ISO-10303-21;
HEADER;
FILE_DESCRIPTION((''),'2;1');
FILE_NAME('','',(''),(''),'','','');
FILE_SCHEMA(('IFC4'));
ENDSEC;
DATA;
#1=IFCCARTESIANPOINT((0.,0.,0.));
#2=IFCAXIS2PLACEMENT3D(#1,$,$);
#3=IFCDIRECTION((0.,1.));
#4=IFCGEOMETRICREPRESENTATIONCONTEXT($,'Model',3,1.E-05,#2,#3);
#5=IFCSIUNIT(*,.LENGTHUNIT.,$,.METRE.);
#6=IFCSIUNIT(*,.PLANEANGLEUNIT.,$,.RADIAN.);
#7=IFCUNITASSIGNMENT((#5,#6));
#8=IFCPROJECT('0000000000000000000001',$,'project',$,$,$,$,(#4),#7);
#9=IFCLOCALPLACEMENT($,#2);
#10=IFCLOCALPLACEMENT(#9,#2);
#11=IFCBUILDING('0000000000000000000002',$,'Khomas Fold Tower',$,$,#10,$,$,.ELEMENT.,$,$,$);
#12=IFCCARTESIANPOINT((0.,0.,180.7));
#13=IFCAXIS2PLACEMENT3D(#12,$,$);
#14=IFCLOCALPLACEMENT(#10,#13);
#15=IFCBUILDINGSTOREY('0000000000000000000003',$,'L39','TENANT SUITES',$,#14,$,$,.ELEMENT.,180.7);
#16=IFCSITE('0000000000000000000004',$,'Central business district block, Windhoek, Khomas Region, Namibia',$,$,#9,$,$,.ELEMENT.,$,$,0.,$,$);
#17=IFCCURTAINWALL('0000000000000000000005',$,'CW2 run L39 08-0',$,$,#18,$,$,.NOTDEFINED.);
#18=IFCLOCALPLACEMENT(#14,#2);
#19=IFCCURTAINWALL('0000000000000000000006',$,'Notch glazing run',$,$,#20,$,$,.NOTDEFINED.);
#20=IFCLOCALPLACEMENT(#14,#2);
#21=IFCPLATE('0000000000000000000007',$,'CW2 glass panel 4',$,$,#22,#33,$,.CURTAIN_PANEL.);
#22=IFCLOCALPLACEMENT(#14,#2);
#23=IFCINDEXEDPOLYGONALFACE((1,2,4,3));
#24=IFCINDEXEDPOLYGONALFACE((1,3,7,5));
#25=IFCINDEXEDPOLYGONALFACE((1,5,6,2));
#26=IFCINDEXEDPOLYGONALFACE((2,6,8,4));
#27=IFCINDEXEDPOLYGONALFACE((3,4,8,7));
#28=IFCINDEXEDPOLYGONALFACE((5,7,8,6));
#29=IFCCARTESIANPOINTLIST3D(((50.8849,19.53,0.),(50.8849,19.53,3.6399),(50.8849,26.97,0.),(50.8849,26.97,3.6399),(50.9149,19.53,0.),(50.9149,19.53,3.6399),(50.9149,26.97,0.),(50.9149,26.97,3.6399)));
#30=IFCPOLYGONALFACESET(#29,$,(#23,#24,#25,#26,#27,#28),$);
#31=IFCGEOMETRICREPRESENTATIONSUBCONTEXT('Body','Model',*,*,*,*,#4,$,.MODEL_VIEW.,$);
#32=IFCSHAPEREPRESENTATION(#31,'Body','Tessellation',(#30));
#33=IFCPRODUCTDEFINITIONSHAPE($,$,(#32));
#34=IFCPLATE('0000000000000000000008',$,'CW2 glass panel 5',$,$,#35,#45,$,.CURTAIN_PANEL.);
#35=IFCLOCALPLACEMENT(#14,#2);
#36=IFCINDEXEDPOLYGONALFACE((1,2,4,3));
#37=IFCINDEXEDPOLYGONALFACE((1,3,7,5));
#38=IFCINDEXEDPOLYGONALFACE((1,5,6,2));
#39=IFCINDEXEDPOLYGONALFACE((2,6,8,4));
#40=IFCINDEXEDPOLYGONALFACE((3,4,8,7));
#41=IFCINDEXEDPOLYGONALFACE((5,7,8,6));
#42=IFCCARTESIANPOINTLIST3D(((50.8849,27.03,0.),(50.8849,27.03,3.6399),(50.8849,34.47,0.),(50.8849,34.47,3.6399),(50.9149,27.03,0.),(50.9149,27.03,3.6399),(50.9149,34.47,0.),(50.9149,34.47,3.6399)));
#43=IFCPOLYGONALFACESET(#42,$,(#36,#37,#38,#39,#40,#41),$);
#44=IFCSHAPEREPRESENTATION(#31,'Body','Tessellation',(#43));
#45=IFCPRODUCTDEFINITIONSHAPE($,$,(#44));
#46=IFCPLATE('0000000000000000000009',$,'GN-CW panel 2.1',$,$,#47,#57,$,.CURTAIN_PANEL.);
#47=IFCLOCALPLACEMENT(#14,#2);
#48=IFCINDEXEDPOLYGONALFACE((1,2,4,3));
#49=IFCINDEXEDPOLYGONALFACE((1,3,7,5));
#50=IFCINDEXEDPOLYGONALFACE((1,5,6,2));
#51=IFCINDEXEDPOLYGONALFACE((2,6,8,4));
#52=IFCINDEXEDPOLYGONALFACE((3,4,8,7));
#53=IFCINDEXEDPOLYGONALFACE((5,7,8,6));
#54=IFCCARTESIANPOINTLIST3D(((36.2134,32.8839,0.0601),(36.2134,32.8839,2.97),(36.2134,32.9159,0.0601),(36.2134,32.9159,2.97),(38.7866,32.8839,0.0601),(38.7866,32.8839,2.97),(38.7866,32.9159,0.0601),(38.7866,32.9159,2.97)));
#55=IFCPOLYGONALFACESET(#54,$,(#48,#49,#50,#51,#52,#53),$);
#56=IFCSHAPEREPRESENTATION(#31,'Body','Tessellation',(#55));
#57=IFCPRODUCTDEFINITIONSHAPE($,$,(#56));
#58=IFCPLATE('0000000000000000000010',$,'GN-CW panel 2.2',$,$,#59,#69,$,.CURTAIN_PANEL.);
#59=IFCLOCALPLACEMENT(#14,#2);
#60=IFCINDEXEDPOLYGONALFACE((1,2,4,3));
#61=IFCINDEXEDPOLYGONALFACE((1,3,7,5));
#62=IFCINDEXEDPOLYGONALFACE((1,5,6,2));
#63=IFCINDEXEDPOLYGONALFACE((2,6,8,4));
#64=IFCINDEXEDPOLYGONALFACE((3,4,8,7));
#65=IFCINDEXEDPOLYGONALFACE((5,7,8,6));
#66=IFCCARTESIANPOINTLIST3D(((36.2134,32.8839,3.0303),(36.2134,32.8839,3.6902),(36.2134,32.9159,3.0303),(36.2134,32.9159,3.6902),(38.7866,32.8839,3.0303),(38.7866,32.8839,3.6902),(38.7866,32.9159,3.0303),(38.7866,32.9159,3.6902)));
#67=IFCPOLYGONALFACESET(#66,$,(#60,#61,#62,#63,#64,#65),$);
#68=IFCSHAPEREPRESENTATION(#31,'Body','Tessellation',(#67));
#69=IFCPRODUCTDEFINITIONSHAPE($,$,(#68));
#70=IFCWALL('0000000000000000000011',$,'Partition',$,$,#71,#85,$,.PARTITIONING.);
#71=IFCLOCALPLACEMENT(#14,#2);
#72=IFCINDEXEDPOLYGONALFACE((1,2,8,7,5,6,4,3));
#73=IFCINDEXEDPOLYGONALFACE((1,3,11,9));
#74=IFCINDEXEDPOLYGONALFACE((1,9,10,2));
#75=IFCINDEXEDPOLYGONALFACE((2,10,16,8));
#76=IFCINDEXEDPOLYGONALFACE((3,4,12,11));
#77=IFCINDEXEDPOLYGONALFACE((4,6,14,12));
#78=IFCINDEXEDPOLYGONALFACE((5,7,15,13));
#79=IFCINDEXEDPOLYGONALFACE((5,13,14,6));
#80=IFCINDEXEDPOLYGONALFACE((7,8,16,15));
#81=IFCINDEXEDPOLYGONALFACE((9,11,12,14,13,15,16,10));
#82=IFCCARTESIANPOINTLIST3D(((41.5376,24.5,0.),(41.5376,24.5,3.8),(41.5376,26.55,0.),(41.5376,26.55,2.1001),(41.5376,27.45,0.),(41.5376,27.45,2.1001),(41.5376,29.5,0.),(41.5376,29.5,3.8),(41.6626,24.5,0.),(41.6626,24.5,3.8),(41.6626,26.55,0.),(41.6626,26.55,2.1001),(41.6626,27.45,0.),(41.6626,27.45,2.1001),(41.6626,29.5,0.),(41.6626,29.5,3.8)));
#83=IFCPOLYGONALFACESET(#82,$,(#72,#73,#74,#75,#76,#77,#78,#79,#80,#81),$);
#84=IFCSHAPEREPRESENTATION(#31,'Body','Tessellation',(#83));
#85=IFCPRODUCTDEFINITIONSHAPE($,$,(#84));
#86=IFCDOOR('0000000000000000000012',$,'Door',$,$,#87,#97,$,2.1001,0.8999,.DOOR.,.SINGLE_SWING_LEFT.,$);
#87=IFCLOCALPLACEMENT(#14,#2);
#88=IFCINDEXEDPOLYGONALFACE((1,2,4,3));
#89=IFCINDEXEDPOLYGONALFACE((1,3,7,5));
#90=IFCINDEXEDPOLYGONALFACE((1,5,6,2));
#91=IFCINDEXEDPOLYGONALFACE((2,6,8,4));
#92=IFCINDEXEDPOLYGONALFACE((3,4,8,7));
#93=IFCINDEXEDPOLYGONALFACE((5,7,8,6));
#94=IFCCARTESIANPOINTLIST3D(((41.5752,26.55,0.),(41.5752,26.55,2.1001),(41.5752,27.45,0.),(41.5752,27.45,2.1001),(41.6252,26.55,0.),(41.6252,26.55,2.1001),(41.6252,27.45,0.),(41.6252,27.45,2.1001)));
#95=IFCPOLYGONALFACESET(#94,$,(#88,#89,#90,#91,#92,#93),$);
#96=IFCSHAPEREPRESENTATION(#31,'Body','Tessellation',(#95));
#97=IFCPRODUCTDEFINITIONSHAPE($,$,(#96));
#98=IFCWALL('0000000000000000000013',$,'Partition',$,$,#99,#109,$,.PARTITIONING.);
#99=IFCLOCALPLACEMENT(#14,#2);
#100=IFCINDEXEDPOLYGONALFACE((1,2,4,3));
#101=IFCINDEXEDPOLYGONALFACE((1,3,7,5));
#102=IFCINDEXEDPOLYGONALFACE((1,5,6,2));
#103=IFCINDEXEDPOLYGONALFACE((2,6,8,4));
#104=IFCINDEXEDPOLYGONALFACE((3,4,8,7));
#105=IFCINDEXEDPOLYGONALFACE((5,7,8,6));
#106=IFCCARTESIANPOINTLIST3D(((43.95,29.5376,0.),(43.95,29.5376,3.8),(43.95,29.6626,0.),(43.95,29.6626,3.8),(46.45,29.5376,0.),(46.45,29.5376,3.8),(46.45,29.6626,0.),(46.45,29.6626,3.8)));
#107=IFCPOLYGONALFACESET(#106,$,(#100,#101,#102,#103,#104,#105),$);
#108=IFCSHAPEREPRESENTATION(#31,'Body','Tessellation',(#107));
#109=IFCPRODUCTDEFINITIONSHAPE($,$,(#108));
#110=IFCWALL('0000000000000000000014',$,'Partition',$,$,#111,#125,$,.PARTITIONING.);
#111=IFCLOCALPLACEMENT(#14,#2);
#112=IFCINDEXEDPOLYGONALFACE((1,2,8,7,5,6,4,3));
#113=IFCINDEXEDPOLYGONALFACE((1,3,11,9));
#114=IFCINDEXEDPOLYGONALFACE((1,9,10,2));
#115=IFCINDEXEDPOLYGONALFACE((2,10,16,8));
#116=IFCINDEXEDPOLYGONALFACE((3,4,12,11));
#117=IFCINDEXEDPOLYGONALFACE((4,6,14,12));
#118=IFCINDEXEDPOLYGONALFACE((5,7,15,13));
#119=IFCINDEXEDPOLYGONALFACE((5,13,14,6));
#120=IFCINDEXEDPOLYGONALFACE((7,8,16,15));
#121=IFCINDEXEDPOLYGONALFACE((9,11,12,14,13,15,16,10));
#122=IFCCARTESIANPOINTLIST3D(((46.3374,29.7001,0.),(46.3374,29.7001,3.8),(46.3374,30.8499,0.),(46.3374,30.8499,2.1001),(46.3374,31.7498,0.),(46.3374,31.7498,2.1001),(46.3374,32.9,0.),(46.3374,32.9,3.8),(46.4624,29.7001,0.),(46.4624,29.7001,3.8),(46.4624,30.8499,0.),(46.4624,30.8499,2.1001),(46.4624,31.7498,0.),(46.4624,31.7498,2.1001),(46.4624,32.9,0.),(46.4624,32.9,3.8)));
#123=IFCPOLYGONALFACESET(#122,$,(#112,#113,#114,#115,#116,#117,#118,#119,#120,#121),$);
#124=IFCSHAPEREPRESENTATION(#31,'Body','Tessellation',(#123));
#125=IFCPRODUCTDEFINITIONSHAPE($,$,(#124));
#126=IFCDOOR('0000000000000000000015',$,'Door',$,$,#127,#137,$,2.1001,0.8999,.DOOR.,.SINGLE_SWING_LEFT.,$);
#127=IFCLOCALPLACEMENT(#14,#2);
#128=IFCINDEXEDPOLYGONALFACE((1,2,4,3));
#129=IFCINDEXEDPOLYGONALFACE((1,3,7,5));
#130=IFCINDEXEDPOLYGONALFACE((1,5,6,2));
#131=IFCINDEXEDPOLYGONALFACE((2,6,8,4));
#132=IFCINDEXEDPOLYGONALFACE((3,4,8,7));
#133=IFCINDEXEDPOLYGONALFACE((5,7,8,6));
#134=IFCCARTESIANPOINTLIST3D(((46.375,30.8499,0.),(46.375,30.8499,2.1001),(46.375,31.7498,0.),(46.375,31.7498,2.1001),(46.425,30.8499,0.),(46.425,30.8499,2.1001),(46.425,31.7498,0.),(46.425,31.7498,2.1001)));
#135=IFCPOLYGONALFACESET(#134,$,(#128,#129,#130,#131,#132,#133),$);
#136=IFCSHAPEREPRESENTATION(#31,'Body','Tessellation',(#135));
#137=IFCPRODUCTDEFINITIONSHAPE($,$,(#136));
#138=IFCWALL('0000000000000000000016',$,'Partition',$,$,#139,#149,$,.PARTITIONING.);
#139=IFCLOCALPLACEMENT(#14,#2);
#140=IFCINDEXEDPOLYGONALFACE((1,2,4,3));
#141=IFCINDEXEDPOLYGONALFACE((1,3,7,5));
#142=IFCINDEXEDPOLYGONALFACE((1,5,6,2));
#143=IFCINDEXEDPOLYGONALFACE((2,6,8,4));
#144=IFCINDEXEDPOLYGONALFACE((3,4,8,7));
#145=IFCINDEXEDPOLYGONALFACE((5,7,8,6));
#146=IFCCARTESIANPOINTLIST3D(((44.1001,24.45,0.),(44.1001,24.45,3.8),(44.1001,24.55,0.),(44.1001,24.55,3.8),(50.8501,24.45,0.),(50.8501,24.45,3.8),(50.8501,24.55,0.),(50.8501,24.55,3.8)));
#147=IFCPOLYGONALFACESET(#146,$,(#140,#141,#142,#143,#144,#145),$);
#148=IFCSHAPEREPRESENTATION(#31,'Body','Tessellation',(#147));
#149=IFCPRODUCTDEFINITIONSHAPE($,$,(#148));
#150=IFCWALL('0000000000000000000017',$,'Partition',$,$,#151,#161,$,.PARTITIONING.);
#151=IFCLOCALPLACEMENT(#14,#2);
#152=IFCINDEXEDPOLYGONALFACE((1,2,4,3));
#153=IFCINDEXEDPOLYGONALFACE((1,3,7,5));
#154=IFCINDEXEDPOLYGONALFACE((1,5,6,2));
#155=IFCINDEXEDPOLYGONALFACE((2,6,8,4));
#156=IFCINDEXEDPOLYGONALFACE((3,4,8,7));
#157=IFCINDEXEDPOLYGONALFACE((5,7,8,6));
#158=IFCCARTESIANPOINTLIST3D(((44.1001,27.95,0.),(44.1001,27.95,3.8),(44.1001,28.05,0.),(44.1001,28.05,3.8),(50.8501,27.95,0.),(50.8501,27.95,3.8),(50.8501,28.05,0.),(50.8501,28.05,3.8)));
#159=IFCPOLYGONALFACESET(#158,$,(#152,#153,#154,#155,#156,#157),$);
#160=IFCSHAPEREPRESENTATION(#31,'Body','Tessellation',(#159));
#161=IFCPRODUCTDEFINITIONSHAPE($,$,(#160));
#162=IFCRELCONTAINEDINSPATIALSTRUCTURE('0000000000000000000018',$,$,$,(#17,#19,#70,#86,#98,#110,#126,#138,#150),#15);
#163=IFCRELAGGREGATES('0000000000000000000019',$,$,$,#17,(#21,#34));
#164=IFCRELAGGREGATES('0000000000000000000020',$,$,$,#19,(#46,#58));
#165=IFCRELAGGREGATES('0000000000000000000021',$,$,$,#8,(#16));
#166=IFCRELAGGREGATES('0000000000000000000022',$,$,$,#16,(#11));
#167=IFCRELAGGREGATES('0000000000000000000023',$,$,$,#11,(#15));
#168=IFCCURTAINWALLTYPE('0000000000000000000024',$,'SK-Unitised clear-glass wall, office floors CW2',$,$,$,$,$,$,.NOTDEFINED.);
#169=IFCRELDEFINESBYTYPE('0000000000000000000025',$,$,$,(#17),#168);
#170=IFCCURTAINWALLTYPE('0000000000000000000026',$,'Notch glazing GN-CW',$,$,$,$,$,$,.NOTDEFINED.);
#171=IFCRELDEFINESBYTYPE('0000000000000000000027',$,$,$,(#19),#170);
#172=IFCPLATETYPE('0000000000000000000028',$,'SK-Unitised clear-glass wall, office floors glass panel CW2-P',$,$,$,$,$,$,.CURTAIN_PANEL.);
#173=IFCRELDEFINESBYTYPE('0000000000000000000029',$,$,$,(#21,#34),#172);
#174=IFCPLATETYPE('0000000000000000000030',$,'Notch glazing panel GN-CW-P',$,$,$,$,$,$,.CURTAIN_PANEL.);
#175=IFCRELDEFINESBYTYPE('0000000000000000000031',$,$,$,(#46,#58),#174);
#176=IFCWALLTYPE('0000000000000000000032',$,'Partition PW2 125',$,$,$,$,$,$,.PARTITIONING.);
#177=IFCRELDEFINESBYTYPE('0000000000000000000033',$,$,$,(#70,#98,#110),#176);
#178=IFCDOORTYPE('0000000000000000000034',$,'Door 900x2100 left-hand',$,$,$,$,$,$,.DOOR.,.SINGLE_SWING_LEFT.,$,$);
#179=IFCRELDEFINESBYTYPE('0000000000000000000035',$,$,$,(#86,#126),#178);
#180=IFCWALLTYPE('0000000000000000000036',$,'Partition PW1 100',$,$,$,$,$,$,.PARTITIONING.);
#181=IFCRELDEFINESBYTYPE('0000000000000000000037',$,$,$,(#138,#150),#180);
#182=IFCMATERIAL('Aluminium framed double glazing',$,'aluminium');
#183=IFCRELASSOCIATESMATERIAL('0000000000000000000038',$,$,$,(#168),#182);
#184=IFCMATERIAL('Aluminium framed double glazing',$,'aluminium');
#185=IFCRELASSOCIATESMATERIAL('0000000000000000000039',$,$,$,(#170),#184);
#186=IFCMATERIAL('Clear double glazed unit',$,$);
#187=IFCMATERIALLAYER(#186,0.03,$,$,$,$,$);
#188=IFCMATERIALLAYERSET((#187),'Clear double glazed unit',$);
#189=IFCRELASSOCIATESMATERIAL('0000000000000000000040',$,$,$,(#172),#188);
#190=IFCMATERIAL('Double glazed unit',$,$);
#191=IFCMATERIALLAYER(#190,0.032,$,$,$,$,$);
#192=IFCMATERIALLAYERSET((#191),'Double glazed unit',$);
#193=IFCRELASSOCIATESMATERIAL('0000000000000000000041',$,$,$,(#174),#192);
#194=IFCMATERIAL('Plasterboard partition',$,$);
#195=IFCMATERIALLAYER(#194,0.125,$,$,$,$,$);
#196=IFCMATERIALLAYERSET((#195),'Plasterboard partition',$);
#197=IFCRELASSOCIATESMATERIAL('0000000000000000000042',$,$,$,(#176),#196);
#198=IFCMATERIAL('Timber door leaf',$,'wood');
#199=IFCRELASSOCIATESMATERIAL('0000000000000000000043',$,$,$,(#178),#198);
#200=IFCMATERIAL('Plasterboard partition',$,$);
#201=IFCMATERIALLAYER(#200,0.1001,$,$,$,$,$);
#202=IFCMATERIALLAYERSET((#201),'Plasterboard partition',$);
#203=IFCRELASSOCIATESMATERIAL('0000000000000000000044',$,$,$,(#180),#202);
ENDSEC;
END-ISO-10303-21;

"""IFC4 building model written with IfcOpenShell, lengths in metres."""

from ifc_helpers import new_model, si_unit, direction, frame, frame_2d, origin, origin_2d, place, context, subcontext, project, spatial, rectangle, extrude, source, transform, mapped, material, layer, layer_set, type_object, element, fill, aggregate, save


model = new_model("IFC4")

# Units and contexts
model_context = context("Model", 3, precision=1e-05, world=origin(), true_north=direction((0.0, 1.0)))
body_context = subcontext(model_context, "Body", "Model", "MODEL_VIEW")
ifc_project = project(units=[si_unit("LENGTHUNIT", "METRE"), si_unit("PLANEANGLEUNIT", "RADIAN")], contexts=[model_context])

# Site, building, storey
site_placement = place(None, origin())
site = spatial("IfcSite", under=ifc_project, at=site_placement, Name="Central business district block, Windhoek, Khomas Region, Namibia", CompositionType="ELEMENT", RefElevation=0.0)
building_placement = place(site_placement, origin())
building = spatial("IfcBuilding", under=site, at=building_placement, Name="Khomas Fold Tower", CompositionType="ELEMENT")
storey_placement = place(building_placement, frame((0.0, 0.0, 180.7)))
storey = spatial("IfcBuildingStorey", under=building, at=storey_placement, Name="L39", Description="TENANT SUITES", CompositionType="ELEMENT", Elevation=180.7)

# Curtain walls
ifc_material_1 = material(Name="Aluminium framed double glazing", Category="aluminium")
curtain_wall_type_1 = type_object("IfcCurtainWallType", Name="SK-Unitised clear-glass wall, office floors CW2", PredefinedType="NOTDEFINED", material=ifc_material_1)
curtain_wall_1_placement = place(storey_placement, origin())
curtain_wall_1 = element("IfcCurtainWall", 1, at=curtain_wall_1_placement, inside=storey, type_object=curtain_wall_type_1, Name="CW2 run L39 08-0", PredefinedType="NOTDEFINED")
ifc_material_2 = material(Name="Aluminium framed double glazing", Category="aluminium")
curtain_wall_type_2 = type_object("IfcCurtainWallType", Name="Notch glazing GN-CW", PredefinedType="NOTDEFINED", material=ifc_material_2)
curtain_wall_2_placement = place(storey_placement, origin())
curtain_wall_2 = element("IfcCurtainWall", 2, at=curtain_wall_2_placement, inside=storey, type_object=curtain_wall_type_2, Name="Notch glazing run", PredefinedType="NOTDEFINED")

# Plates
ifc_material_3 = material(Name="Clear double glazed unit")
ifc_layer_1 = layer(ifc_material_3, 0.03)
ifc_layer_set_1 = layer_set([ifc_layer_1], Name="Clear double glazed unit")
plate_type_1 = type_object("IfcPlateType", Name="SK-Unitised clear-glass wall, office floors glass panel CW2-P", PredefinedType="CURTAIN_PANEL", material=ifc_layer_set_1)
shared_shape_1 = source(origin(), body_context, "Body", "SweptSolid", [
    extrude(rectangle(XDim=7.4399, YDim=0.03, at=origin_2d()), origin(), (0.0, 0.0, 1.0), 3.6399),
])
plate_1_placement = place(storey_placement, frame((50.8999, 23.25, 0.0), z_axis=(0.0, 0.0, 1.0), x_axis=(0.0, 1.0, 0.0)))
plate_1 = element("IfcPlate", 3, at=plate_1_placement, type_object=plate_type_1, Name="CW2 glass panel 4", PredefinedType="CURTAIN_PANEL", context=body_context, shape_type="MappedRepresentation", body=[
    mapped(shared_shape_1, transform((0.0, 0.0, 0.0))),
])
plate_2_placement = place(storey_placement, frame((50.8999, 30.75, 0.0), z_axis=(0.0, 0.0, 1.0), x_axis=(0.0, 1.0, 0.0)))
plate_2 = element("IfcPlate", 4, at=plate_2_placement, type_object=plate_type_1, Name="CW2 glass panel 5", PredefinedType="CURTAIN_PANEL", context=body_context, shape_type="MappedRepresentation", body=[
    mapped(shared_shape_1, transform((0.0, 0.0, 0.0))),
])
aggregate(curtain_wall_1, [plate_1, plate_2])
ifc_material_4 = material(Name="Double glazed unit")
ifc_layer_2 = layer(ifc_material_4, 0.032)
ifc_layer_set_2 = layer_set([ifc_layer_2], Name="Double glazed unit")
plate_type_2 = type_object("IfcPlateType", Name="Notch glazing panel GN-CW-P", PredefinedType="CURTAIN_PANEL", material=ifc_layer_set_2)
shared_shape_2 = source(origin(), body_context, "Body", "SweptSolid", [
    extrude(rectangle(XDim=2.5732, YDim=0.032, at=origin_2d()), origin(), (0.0, 0.0, 1.0), 2.9099),
])
plate_3_placement = place(storey_placement, frame((37.5, 32.8999, 0.0601), z_axis=(0.0, 0.0, 1.0), x_axis=(-1.0, 0.0, 0.0)))
plate_3 = element("IfcPlate", 5, at=plate_3_placement, type_object=plate_type_2, Name="GN-CW panel 2.1", PredefinedType="CURTAIN_PANEL", context=body_context, shape_type="MappedRepresentation", body=[
    mapped(shared_shape_2, transform((0.0, 0.0, 0.0))),
])
shared_shape_3 = source(origin(), body_context, "Body", "SweptSolid", [
    extrude(rectangle(XDim=2.5732, YDim=0.032, at=origin_2d()), origin(), (0.0, 0.0, 1.0), 0.6599),
])
plate_4_placement = place(storey_placement, frame((37.5, 32.8999, 3.0303), z_axis=(0.0, 0.0, 1.0), x_axis=(-1.0, 0.0, 0.0)))
plate_4 = element("IfcPlate", 6, at=plate_4_placement, type_object=plate_type_2, Name="GN-CW panel 2.2", PredefinedType="CURTAIN_PANEL", context=body_context, shape_type="MappedRepresentation", body=[
    mapped(shared_shape_3, transform((0.0, 0.0, 0.0))),
])
aggregate(curtain_wall_2, [plate_3, plate_4])

# Wall, opening, door
ifc_material_5 = material(Name="Plasterboard partition")
ifc_layer_3 = layer(ifc_material_5, 0.125)
ifc_layer_set_3 = layer_set([ifc_layer_3], Name="Plasterboard partition")
wall_type_1 = type_object("IfcWallType", Name="Partition PW2 125", PredefinedType="PARTITIONING", material=ifc_layer_set_3)
shared_shape_4 = source(origin(), body_context, "Body", "SweptSolid", [
    extrude(rectangle(XDim=5.0, YDim=0.125, at=frame_2d((2.5, 0.0))), origin(), (0.0, 0.0, 1.0), 3.8),
])
wall_1_placement = place(storey_placement, frame((41.6001, 24.5, 0.0), z_axis=(0.0, 0.0, 1.0), x_axis=(0.0, 1.0, 0.0)))
wall_1 = element("IfcWall", 7, at=wall_1_placement, inside=storey, type_object=wall_type_1, Name="Partition", PredefinedType="PARTITIONING", context=body_context, shape_type="MappedRepresentation", body=[
    mapped(shared_shape_4, transform((0.0, 0.0, 0.0))),
])
shared_shape_5 = source(origin(), body_context, "Body", "SweptSolid", [
    extrude(rectangle(XDim=0.8999, YDim=2.1001, at=frame_2d((0.45, 1.05))), frame((0.0, 0.0725, 0.0), z_axis=(0.0, -1.0, 0.0), x_axis=(1.0, 0.0, 0.0)), (0.0, 0.0, 1.0), 0.145),
])
opening_1_placement = place(wall_1_placement, frame((2.05, 0.0, 0.0)))
opening_1 = element("IfcOpeningElement", 8, at=opening_1_placement, cuts=wall_1, PredefinedType="OPENING", context=body_context, shape_type="MappedRepresentation", body=[
    mapped(shared_shape_5, transform((0.0, 0.0, 0.0))),
])
ifc_material_6 = material(Name="Timber door leaf", Category="wood")
door_type = type_object("IfcDoorType", Name="Door 900x2100 left-hand", OperationType="SINGLE_SWING_LEFT", PredefinedType="DOOR", material=ifc_material_6)
shared_shape_6 = source(origin(), body_context, "Body", "SweptSolid", [
    extrude(rectangle(XDim=0.8999, YDim=2.1001, at=frame_2d((0.45, 1.05))), frame((0.0, 0.0249, 0.0), z_axis=(0.0, -1.0, 0.0), x_axis=(1.0, 0.0, 0.0)), (0.0, 0.0, 1.0), 0.05),
])
door_1_placement = place(opening_1_placement, origin())
door_1 = element("IfcDoor", 9, at=door_1_placement, inside=storey, type_object=door_type, Name="Door", OperationType="SINGLE_SWING_LEFT", OverallHeight=2.1001, OverallWidth=0.8999, PredefinedType="DOOR", context=body_context, shape_type="MappedRepresentation", body=[
    mapped(shared_shape_6, transform((0.0, 0.0, 0.0))),
])
fill(opening_1, door_1)

# Wall
shared_shape_7 = source(origin(), body_context, "Body", "SweptSolid", [
    extrude(rectangle(XDim=2.5, YDim=0.125, at=frame_2d((1.25, 0.0))), origin(), (0.0, 0.0, 1.0), 3.8),
])
wall_2_placement = place(storey_placement, frame((43.95, 29.6001, 0.0), z_axis=(0.0, 0.0, 1.0), x_axis=(1.0, 0.0, 0.0)))
element("IfcWall", 10, at=wall_2_placement, inside=storey, type_object=wall_type_1, Name="Partition", PredefinedType="PARTITIONING", context=body_context, shape_type="MappedRepresentation", body=[
    mapped(shared_shape_7, transform((0.0, 0.0, 0.0))),
])

# Wall, opening, door
shared_shape_8 = source(origin(), body_context, "Body", "SweptSolid", [
    extrude(rectangle(XDim=3.2, YDim=0.125, at=frame_2d((1.6001, 0.0))), origin(), (0.0, 0.0, 1.0), 3.8),
])
wall_3_placement = place(storey_placement, frame((46.3999, 29.7, 0.0), z_axis=(0.0, 0.0, 1.0), x_axis=(0.0, 1.0, 0.0)))
wall_3 = element("IfcWall", 11, at=wall_3_placement, inside=storey, type_object=wall_type_1, Name="Partition", PredefinedType="PARTITIONING", context=body_context, shape_type="MappedRepresentation", body=[
    mapped(shared_shape_8, transform((0.0, 0.0, 0.0))),
])
opening_2_placement = place(wall_3_placement, frame((1.1499, 0.0, 0.0)))
opening_2 = element("IfcOpeningElement", 12, at=opening_2_placement, cuts=wall_3, PredefinedType="OPENING", context=body_context, shape_type="MappedRepresentation", body=[
    mapped(shared_shape_5, transform((0.0, 0.0, 0.0))),
])
door_2_placement = place(opening_2_placement, origin())
door_2 = element("IfcDoor", 13, at=door_2_placement, inside=storey, type_object=door_type, Name="Door", OperationType="SINGLE_SWING_LEFT", OverallHeight=2.1001, OverallWidth=0.8999, PredefinedType="DOOR", context=body_context, shape_type="MappedRepresentation", body=[
    mapped(shared_shape_6, transform((0.0, 0.0, 0.0))),
])
fill(opening_2, door_2)

# Walls
ifc_material_7 = material(Name="Plasterboard partition")
ifc_layer_4 = layer(ifc_material_7, 0.1001)
ifc_layer_set_4 = layer_set([ifc_layer_4], Name="Plasterboard partition")
wall_type_2 = type_object("IfcWallType", Name="Partition PW1 100", PredefinedType="PARTITIONING", material=ifc_layer_set_4)
shared_shape_9 = source(origin(), body_context, "Body", "SweptSolid", [
    extrude(rectangle(XDim=6.75, YDim=0.1001, at=frame_2d((3.375, 0.0))), origin(), (0.0, 0.0, 1.0), 3.8),
])
for number, where, z_axis, x_axis, name in (
    (14, (44.1001, 24.5, 0.0), (0.0, 0.0, 1.0), (1.0, 0.0, 0.0), "Partition"),
    (15, (44.1001, 28.0, 0.0), (0.0, 0.0, 1.0), (1.0, 0.0, 0.0), "Partition"),
):
    element("IfcWall", number, at=place(storey_placement, frame(where, z_axis=z_axis, x_axis=x_axis)), inside=storey, type_object=wall_type_2, Name=name, PredefinedType="PARTITIONING", context=body_context, shape_type="MappedRepresentation", body=[
        mapped(shared_shape_9, transform((0.0, 0.0, 0.0))),
    ])

save(model, "model.ifc")
